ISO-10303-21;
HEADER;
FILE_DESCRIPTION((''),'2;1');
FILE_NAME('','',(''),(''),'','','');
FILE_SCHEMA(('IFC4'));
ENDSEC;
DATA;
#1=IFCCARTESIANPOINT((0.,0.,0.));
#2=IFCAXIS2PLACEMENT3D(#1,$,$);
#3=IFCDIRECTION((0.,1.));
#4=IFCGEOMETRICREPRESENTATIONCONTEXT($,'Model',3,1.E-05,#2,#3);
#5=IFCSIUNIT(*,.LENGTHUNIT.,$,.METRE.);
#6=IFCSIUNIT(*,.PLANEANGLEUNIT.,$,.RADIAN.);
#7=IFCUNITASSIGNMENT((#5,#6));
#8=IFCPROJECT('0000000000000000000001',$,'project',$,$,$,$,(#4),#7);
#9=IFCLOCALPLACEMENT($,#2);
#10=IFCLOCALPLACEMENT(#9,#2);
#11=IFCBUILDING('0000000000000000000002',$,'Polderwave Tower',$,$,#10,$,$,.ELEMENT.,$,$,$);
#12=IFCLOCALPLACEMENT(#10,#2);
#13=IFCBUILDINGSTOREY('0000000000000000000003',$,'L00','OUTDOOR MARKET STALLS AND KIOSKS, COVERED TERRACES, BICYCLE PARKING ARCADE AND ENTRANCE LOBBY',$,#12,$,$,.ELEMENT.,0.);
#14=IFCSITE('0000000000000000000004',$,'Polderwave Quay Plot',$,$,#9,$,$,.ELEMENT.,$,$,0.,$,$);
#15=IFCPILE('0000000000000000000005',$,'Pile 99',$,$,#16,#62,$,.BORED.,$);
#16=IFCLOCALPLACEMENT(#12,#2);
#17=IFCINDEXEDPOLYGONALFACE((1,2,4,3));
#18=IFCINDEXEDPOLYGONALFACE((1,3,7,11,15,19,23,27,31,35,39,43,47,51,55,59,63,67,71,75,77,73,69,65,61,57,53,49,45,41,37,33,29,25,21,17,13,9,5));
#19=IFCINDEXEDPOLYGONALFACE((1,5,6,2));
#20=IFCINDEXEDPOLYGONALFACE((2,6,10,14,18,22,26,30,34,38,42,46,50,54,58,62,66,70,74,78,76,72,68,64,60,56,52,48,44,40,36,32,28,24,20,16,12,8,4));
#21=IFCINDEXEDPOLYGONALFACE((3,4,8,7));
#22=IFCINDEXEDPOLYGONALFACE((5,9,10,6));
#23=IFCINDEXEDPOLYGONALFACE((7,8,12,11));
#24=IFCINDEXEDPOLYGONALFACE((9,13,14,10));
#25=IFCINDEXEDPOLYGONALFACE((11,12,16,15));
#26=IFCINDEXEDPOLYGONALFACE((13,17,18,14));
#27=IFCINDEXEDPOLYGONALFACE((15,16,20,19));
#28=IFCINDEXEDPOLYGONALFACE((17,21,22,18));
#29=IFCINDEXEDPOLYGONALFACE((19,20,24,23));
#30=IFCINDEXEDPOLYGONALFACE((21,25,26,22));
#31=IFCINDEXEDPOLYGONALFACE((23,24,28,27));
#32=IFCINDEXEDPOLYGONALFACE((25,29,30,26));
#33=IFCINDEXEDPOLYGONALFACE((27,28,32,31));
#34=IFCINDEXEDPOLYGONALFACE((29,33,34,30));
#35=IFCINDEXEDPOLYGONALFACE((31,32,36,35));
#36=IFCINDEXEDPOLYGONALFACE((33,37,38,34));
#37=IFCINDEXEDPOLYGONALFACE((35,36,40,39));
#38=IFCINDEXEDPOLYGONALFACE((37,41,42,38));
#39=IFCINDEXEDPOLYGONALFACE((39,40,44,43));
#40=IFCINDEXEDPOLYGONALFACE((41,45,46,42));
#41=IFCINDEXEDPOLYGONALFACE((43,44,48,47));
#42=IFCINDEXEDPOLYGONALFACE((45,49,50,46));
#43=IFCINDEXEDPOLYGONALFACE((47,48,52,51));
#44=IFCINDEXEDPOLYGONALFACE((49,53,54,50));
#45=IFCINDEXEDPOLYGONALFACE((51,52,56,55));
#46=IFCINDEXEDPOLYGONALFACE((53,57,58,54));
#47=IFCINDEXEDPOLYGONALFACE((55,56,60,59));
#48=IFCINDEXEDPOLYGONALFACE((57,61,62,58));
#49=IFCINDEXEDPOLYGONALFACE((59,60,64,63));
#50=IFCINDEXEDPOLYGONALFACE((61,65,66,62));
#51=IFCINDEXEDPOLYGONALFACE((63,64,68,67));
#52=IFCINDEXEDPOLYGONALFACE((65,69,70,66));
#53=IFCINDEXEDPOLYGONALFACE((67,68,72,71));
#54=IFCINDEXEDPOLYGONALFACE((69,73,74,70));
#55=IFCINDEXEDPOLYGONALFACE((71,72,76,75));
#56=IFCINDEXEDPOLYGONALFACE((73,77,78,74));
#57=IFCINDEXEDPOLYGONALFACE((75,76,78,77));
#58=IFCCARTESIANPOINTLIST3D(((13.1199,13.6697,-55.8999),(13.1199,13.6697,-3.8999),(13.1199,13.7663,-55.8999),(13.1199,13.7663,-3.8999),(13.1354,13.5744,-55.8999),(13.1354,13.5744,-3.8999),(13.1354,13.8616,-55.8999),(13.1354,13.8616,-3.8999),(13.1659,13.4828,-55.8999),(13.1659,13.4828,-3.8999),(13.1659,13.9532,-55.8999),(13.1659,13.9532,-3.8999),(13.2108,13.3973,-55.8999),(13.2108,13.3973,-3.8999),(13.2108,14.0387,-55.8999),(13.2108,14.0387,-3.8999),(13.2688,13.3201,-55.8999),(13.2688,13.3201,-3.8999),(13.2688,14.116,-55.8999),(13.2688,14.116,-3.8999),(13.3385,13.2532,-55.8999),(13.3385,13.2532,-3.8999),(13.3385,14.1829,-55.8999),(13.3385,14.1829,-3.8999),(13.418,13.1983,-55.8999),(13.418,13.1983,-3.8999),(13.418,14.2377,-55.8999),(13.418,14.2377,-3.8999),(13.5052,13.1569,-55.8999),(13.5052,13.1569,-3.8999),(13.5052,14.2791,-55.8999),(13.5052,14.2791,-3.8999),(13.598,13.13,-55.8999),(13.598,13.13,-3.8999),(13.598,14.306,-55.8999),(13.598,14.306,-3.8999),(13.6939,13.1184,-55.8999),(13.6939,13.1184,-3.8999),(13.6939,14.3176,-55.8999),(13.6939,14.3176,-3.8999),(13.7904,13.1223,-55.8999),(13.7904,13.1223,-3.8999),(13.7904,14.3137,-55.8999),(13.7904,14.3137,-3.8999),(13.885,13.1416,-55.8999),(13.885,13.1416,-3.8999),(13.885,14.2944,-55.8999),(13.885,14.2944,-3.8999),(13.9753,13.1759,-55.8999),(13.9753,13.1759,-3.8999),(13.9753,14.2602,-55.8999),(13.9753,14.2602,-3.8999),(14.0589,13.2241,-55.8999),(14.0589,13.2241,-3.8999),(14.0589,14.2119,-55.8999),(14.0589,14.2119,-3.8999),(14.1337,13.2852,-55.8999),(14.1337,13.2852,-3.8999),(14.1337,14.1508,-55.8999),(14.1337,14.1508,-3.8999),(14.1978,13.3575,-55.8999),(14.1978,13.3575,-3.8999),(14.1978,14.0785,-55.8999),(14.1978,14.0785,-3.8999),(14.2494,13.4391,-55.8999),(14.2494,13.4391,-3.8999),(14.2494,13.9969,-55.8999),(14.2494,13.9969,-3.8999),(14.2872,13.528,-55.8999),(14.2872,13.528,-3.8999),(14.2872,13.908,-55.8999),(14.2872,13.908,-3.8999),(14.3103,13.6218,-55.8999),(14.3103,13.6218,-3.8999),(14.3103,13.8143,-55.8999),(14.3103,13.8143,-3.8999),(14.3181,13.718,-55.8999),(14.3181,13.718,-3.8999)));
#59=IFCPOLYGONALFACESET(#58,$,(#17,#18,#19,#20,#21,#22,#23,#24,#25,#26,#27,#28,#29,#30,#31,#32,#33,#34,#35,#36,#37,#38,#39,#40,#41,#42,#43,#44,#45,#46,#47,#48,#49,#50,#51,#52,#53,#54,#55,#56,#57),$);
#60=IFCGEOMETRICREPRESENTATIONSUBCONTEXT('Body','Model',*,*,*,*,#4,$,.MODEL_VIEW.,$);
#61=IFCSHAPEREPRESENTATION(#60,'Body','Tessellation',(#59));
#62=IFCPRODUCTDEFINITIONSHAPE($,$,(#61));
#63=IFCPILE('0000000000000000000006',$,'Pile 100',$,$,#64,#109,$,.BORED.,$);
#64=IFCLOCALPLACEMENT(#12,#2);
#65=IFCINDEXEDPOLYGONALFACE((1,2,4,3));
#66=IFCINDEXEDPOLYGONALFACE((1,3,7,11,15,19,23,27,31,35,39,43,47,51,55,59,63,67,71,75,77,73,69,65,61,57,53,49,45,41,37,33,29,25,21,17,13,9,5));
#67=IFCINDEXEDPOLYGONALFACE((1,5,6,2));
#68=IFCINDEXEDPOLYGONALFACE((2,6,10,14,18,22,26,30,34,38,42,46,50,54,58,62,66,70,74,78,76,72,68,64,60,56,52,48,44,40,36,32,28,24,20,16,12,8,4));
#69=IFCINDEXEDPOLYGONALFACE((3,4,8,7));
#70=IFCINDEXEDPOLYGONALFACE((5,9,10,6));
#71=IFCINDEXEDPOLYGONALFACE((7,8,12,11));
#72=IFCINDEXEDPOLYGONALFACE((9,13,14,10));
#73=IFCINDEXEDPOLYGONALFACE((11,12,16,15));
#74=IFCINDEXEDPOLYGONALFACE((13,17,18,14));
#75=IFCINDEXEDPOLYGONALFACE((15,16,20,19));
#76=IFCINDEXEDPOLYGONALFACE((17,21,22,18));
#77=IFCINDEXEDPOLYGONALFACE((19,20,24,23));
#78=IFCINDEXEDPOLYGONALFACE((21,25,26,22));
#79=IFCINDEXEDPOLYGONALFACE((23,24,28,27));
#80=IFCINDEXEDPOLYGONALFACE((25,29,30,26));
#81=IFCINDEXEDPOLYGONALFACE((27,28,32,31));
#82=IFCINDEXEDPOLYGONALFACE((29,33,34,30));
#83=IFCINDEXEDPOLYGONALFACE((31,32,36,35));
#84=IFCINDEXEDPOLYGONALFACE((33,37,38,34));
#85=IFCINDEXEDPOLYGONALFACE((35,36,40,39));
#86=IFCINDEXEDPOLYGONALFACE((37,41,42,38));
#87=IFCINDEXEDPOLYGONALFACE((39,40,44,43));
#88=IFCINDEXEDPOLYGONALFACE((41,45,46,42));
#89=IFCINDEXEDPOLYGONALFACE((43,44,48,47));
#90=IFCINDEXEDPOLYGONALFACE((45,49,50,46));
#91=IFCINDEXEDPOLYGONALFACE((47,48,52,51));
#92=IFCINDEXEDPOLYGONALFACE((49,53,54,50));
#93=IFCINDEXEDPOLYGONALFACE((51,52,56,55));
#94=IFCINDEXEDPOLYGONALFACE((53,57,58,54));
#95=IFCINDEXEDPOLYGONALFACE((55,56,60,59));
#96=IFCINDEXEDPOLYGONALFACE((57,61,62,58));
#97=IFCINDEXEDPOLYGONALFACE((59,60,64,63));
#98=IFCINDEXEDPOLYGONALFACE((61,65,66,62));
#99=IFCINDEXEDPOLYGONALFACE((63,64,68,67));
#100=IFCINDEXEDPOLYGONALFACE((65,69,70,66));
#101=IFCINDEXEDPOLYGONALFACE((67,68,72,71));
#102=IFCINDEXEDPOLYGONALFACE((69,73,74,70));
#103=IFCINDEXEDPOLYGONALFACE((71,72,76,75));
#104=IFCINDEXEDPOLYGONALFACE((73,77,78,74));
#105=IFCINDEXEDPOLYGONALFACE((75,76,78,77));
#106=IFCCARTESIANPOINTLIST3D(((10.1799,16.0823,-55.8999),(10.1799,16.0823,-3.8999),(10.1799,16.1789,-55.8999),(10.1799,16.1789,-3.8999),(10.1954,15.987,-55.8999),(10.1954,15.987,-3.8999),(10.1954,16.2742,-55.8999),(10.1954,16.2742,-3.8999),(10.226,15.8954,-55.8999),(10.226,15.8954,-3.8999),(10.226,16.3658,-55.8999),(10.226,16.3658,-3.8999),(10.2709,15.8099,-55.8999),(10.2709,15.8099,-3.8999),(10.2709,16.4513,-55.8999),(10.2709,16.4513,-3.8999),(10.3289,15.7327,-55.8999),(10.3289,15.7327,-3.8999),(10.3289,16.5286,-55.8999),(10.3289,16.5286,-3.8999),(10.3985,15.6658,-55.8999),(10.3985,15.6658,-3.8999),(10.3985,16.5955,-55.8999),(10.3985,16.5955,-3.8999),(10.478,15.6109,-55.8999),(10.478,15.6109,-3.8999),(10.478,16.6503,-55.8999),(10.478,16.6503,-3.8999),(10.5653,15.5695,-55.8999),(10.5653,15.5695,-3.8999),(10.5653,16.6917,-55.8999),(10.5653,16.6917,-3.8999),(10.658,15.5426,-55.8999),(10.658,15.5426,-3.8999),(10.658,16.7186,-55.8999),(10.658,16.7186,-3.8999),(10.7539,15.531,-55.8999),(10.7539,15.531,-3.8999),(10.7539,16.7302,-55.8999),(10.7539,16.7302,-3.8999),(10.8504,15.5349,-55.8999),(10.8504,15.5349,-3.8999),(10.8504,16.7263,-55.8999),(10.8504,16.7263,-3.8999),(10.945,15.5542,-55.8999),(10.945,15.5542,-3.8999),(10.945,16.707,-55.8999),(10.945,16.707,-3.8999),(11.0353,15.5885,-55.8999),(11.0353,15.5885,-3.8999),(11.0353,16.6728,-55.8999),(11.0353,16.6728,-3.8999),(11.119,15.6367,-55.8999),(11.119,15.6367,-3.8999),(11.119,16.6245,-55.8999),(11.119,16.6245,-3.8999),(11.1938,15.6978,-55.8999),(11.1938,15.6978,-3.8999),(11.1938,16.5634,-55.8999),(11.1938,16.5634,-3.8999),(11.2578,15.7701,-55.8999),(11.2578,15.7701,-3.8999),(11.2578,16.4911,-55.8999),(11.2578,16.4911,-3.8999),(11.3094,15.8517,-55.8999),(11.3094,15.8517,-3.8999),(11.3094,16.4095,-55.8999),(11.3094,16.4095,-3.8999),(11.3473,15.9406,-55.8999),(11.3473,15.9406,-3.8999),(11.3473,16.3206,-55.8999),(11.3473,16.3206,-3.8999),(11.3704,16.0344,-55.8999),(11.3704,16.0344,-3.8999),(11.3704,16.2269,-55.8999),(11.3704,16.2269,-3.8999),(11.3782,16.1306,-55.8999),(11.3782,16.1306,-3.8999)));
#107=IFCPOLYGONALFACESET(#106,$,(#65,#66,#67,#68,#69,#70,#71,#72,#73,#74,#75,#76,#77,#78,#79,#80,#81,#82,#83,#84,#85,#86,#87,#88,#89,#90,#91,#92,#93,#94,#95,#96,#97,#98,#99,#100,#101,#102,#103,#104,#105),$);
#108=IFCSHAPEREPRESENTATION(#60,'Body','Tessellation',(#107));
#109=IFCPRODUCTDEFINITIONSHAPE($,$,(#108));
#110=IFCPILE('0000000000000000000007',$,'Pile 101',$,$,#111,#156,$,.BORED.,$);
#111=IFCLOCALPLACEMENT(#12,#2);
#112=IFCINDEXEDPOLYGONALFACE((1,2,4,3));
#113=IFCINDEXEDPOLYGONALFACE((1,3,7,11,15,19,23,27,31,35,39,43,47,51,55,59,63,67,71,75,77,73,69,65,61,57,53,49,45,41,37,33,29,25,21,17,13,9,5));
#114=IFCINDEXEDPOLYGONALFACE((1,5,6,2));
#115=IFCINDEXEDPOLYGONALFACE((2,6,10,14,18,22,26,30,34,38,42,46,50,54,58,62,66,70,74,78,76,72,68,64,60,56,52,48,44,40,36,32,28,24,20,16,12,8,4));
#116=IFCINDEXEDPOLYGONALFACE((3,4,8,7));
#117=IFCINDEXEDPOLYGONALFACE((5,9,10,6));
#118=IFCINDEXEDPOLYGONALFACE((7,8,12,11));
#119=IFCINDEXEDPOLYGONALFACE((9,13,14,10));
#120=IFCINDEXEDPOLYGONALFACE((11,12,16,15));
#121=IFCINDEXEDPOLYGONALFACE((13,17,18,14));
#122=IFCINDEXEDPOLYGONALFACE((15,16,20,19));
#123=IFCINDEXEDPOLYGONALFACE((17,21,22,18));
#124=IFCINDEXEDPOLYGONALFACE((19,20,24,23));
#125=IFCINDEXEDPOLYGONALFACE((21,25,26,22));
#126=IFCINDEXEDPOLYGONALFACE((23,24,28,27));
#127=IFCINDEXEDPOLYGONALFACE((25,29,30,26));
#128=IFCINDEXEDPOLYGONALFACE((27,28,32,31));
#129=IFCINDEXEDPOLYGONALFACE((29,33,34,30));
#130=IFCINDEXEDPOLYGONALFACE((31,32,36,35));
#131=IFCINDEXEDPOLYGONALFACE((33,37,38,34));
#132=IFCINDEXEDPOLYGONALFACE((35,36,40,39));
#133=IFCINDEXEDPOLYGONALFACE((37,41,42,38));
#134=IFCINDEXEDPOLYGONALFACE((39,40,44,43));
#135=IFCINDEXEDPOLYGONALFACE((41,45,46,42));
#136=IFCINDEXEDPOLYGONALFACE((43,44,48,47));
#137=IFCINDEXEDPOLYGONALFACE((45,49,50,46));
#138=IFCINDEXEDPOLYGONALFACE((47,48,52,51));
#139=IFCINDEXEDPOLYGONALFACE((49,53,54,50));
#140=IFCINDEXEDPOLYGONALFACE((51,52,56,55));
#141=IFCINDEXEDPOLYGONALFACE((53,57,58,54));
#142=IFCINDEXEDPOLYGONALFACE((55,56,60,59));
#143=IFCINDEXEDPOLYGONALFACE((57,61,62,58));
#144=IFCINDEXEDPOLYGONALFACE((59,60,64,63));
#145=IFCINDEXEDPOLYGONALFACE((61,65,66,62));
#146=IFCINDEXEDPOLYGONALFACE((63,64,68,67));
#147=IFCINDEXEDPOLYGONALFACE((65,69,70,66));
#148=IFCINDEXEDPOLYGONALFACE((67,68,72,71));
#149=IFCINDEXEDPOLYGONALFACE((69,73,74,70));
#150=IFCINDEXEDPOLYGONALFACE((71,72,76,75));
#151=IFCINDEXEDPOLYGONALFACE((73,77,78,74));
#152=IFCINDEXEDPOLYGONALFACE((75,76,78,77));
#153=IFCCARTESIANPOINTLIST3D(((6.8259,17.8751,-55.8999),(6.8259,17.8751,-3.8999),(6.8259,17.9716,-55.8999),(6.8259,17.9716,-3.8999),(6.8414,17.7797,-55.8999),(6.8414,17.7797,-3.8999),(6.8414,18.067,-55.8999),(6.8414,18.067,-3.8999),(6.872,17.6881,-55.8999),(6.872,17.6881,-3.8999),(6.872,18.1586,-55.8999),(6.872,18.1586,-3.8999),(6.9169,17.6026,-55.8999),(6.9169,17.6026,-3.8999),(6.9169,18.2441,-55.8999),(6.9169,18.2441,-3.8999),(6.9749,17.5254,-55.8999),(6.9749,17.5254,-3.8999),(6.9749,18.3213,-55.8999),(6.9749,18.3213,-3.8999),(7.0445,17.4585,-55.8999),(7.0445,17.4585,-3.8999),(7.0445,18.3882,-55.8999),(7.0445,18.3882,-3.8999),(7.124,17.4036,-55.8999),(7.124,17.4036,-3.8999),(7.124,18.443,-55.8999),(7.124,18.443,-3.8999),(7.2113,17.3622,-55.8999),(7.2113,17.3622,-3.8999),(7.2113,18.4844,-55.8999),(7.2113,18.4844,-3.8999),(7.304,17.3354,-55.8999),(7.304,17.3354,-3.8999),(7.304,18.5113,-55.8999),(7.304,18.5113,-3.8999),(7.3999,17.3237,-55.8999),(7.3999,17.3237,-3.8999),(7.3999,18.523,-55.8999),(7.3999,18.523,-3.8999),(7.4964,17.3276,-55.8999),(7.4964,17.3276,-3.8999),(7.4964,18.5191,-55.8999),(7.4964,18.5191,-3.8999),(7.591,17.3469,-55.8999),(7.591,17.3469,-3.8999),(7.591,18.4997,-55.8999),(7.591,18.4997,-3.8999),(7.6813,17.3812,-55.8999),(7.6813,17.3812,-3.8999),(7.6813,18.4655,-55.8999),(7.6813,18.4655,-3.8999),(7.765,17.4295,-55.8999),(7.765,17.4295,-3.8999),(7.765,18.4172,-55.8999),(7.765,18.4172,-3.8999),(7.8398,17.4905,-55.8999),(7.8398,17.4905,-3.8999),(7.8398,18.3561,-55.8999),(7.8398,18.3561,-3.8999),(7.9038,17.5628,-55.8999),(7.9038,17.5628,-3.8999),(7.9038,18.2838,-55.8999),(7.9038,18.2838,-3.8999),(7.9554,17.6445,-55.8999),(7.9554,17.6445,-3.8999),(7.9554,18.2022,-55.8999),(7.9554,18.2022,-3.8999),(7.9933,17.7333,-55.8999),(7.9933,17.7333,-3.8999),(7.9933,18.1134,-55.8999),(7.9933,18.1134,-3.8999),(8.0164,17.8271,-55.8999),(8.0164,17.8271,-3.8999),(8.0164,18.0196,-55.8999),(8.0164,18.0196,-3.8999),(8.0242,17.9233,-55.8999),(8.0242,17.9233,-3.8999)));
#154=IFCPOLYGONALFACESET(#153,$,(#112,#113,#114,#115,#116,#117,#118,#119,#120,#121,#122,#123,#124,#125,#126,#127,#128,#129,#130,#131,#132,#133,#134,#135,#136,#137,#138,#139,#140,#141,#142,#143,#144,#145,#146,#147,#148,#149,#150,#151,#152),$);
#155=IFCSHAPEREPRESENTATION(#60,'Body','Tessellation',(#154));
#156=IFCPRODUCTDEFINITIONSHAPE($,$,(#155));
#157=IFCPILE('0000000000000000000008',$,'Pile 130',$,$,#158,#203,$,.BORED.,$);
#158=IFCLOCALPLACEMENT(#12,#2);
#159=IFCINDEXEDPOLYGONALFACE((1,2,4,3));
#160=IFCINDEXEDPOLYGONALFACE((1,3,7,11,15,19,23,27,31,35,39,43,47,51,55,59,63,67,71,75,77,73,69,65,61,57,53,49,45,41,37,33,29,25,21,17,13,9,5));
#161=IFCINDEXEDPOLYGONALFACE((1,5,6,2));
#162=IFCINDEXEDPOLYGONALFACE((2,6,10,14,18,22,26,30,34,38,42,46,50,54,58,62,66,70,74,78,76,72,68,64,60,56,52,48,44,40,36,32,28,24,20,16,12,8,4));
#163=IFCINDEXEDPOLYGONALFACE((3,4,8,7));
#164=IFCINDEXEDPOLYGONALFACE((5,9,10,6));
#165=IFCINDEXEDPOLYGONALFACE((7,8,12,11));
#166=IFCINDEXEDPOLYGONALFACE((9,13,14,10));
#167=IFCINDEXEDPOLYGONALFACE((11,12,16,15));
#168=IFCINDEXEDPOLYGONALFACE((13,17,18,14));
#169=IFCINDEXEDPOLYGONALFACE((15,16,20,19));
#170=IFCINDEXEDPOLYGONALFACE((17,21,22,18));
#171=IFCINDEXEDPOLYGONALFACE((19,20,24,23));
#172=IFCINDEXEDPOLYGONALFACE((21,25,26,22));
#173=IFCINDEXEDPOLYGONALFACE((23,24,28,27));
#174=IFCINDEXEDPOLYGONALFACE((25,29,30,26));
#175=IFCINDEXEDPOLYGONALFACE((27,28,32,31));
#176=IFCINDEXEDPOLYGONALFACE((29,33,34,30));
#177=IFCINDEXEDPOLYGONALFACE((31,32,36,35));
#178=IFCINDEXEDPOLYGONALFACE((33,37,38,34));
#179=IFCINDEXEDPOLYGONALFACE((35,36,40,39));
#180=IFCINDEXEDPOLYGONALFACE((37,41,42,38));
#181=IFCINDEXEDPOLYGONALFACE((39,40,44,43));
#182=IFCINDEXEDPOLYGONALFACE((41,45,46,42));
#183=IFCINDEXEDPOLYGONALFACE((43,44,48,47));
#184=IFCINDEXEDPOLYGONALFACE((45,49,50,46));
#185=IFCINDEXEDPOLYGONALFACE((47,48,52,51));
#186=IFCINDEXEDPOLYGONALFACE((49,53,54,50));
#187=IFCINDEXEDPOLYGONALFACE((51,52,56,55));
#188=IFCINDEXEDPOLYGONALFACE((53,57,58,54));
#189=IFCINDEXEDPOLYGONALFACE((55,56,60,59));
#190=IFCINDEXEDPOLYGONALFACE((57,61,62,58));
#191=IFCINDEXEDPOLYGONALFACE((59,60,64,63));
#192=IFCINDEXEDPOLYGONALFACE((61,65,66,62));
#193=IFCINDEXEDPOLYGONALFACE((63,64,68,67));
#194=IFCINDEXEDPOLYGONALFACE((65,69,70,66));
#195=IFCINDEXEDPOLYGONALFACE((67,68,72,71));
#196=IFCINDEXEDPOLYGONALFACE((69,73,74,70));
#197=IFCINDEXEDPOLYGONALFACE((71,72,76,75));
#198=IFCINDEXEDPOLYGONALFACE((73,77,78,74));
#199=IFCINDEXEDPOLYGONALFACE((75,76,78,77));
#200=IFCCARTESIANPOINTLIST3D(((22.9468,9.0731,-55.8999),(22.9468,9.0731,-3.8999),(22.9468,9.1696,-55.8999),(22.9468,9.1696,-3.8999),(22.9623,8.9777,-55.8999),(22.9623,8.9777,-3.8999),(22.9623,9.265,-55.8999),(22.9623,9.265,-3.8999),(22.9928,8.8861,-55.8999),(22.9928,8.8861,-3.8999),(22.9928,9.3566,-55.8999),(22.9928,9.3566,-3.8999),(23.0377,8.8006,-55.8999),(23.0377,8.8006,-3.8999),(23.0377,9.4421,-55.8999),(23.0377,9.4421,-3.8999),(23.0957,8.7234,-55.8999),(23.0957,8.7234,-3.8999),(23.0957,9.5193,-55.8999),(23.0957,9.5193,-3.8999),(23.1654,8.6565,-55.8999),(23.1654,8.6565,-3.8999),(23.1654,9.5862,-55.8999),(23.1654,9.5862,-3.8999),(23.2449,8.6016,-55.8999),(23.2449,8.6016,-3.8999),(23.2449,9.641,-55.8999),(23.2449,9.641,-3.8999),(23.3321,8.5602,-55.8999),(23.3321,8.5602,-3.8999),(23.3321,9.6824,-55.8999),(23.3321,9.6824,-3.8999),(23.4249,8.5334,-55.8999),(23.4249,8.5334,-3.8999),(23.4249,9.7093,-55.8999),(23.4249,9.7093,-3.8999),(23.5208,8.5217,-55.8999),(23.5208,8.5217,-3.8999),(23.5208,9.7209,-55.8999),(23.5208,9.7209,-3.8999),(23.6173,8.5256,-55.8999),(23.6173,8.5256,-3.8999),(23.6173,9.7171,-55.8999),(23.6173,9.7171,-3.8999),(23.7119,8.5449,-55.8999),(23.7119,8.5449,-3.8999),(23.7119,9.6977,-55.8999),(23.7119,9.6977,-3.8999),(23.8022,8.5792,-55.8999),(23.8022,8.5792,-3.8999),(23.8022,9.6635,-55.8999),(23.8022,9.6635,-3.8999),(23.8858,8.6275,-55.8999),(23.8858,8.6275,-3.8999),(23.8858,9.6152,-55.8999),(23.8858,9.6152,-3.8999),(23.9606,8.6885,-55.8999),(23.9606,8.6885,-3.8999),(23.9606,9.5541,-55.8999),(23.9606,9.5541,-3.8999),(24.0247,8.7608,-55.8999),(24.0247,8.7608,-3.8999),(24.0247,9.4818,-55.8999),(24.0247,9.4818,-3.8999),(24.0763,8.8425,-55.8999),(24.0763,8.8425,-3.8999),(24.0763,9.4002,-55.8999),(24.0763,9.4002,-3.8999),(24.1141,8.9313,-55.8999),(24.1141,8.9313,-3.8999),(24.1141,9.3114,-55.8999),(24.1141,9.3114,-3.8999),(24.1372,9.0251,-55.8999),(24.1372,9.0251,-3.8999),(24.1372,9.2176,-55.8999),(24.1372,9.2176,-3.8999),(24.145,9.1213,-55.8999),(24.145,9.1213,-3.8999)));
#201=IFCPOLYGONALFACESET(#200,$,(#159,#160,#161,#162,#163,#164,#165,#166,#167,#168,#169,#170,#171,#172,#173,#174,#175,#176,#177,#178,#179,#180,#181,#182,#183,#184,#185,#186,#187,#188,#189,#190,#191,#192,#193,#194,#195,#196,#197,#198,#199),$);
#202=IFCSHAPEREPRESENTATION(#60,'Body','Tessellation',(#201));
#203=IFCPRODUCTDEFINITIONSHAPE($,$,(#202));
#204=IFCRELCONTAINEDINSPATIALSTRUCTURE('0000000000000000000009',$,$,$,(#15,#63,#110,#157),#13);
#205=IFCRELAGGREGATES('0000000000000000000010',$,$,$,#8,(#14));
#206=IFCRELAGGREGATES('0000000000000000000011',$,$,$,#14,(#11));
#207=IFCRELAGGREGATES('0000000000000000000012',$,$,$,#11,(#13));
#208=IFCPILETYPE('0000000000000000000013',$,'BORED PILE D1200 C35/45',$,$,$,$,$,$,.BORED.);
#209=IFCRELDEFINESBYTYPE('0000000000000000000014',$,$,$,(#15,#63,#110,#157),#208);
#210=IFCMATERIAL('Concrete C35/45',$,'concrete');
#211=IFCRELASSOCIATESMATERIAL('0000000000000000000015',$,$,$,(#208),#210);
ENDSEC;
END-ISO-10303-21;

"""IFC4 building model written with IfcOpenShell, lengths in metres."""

from ifc_helpers import new_model, si_unit, direction, frame, origin, origin_2d, place, context, subcontext, project, spatial, circle, extrude, material, material_profile, profile_set, type_object, element, save


model = new_model("IFC4")

# Units and contexts
model_context = context("Model", 3, precision=1e-05, world=origin(), true_north=direction((0.0, 1.0)))
body_context = subcontext(model_context, "Body", "Model", "MODEL_VIEW")
ifc_project = project(units=[si_unit("LENGTHUNIT", "METRE"), si_unit("PLANEANGLEUNIT", "RADIAN")], contexts=[model_context])

# Site, building, storey
site_placement = place(None, origin())
site = spatial("IfcSite", under=ifc_project, at=site_placement, Name="Polderwave Quay Plot", CompositionType="ELEMENT", RefElevation=0.0)
building_placement = place(site_placement, origin())
building = spatial("IfcBuilding", under=site, at=building_placement, Name="Polderwave Tower", CompositionType="ELEMENT")
storey_placement = place(building_placement, origin())
storey = spatial("IfcBuildingStorey", under=building, at=storey_placement, Name="L00", Description="OUTDOOR MARKET STALLS AND KIOSKS, COVERED TERRACES, BICYCLE PARKING ARCADE AND ENTRANCE LOBBY", CompositionType="ELEMENT", Elevation=0.0)

# Piles
ifc_material_1 = material(Name="Concrete C35/45", Category="concrete")
ifc_material_profile_1 = material_profile(ifc_material_1, circle(Radius=0.6001, at=origin_2d()), Name="BORED D1200")
ifc_profile_set_1 = profile_set([ifc_material_profile_1], Name="Concrete C35/45")
pile_type = type_object("IfcPileType", Name="BORED PILE D1200 C35/45", PredefinedType="BORED", material=ifc_profile_set_1)
for number, where, z_axis, x_axis, name in (
    (1, (13.718, 13.718, -3.8999), (0.0, 0.0, -1.0), (1.0, 0.0, 0.0), "Pile 99"),
    (2, (10.7781, 16.1306, -3.8999), (0.0, 0.0, -1.0), (1.0, 0.0, 0.0), "Pile 100"),
    (3, (7.4241, 17.9233, -3.8999), (0.0, 0.0, -1.0), (1.0, 0.0, 0.0), "Pile 101"),
    (4, (23.5449, 9.1213, -3.8999), (0.0, 0.0, -1.0), (1.0, 0.0, 0.0), "Pile 130"),
):
    element("IfcPile", number, at=place(storey_placement, frame(where, z_axis=z_axis, x_axis=x_axis)), inside=storey, type_object=pile_type, Name=name, PredefinedType="BORED", context=body_context, shape_type="SweptSolid", body=[
        extrude(circle(Radius=0.6001, at=origin_2d()), origin(), (0.0, 0.0, 1.0), 52.0),
    ])

save(model, "model.ifc")
